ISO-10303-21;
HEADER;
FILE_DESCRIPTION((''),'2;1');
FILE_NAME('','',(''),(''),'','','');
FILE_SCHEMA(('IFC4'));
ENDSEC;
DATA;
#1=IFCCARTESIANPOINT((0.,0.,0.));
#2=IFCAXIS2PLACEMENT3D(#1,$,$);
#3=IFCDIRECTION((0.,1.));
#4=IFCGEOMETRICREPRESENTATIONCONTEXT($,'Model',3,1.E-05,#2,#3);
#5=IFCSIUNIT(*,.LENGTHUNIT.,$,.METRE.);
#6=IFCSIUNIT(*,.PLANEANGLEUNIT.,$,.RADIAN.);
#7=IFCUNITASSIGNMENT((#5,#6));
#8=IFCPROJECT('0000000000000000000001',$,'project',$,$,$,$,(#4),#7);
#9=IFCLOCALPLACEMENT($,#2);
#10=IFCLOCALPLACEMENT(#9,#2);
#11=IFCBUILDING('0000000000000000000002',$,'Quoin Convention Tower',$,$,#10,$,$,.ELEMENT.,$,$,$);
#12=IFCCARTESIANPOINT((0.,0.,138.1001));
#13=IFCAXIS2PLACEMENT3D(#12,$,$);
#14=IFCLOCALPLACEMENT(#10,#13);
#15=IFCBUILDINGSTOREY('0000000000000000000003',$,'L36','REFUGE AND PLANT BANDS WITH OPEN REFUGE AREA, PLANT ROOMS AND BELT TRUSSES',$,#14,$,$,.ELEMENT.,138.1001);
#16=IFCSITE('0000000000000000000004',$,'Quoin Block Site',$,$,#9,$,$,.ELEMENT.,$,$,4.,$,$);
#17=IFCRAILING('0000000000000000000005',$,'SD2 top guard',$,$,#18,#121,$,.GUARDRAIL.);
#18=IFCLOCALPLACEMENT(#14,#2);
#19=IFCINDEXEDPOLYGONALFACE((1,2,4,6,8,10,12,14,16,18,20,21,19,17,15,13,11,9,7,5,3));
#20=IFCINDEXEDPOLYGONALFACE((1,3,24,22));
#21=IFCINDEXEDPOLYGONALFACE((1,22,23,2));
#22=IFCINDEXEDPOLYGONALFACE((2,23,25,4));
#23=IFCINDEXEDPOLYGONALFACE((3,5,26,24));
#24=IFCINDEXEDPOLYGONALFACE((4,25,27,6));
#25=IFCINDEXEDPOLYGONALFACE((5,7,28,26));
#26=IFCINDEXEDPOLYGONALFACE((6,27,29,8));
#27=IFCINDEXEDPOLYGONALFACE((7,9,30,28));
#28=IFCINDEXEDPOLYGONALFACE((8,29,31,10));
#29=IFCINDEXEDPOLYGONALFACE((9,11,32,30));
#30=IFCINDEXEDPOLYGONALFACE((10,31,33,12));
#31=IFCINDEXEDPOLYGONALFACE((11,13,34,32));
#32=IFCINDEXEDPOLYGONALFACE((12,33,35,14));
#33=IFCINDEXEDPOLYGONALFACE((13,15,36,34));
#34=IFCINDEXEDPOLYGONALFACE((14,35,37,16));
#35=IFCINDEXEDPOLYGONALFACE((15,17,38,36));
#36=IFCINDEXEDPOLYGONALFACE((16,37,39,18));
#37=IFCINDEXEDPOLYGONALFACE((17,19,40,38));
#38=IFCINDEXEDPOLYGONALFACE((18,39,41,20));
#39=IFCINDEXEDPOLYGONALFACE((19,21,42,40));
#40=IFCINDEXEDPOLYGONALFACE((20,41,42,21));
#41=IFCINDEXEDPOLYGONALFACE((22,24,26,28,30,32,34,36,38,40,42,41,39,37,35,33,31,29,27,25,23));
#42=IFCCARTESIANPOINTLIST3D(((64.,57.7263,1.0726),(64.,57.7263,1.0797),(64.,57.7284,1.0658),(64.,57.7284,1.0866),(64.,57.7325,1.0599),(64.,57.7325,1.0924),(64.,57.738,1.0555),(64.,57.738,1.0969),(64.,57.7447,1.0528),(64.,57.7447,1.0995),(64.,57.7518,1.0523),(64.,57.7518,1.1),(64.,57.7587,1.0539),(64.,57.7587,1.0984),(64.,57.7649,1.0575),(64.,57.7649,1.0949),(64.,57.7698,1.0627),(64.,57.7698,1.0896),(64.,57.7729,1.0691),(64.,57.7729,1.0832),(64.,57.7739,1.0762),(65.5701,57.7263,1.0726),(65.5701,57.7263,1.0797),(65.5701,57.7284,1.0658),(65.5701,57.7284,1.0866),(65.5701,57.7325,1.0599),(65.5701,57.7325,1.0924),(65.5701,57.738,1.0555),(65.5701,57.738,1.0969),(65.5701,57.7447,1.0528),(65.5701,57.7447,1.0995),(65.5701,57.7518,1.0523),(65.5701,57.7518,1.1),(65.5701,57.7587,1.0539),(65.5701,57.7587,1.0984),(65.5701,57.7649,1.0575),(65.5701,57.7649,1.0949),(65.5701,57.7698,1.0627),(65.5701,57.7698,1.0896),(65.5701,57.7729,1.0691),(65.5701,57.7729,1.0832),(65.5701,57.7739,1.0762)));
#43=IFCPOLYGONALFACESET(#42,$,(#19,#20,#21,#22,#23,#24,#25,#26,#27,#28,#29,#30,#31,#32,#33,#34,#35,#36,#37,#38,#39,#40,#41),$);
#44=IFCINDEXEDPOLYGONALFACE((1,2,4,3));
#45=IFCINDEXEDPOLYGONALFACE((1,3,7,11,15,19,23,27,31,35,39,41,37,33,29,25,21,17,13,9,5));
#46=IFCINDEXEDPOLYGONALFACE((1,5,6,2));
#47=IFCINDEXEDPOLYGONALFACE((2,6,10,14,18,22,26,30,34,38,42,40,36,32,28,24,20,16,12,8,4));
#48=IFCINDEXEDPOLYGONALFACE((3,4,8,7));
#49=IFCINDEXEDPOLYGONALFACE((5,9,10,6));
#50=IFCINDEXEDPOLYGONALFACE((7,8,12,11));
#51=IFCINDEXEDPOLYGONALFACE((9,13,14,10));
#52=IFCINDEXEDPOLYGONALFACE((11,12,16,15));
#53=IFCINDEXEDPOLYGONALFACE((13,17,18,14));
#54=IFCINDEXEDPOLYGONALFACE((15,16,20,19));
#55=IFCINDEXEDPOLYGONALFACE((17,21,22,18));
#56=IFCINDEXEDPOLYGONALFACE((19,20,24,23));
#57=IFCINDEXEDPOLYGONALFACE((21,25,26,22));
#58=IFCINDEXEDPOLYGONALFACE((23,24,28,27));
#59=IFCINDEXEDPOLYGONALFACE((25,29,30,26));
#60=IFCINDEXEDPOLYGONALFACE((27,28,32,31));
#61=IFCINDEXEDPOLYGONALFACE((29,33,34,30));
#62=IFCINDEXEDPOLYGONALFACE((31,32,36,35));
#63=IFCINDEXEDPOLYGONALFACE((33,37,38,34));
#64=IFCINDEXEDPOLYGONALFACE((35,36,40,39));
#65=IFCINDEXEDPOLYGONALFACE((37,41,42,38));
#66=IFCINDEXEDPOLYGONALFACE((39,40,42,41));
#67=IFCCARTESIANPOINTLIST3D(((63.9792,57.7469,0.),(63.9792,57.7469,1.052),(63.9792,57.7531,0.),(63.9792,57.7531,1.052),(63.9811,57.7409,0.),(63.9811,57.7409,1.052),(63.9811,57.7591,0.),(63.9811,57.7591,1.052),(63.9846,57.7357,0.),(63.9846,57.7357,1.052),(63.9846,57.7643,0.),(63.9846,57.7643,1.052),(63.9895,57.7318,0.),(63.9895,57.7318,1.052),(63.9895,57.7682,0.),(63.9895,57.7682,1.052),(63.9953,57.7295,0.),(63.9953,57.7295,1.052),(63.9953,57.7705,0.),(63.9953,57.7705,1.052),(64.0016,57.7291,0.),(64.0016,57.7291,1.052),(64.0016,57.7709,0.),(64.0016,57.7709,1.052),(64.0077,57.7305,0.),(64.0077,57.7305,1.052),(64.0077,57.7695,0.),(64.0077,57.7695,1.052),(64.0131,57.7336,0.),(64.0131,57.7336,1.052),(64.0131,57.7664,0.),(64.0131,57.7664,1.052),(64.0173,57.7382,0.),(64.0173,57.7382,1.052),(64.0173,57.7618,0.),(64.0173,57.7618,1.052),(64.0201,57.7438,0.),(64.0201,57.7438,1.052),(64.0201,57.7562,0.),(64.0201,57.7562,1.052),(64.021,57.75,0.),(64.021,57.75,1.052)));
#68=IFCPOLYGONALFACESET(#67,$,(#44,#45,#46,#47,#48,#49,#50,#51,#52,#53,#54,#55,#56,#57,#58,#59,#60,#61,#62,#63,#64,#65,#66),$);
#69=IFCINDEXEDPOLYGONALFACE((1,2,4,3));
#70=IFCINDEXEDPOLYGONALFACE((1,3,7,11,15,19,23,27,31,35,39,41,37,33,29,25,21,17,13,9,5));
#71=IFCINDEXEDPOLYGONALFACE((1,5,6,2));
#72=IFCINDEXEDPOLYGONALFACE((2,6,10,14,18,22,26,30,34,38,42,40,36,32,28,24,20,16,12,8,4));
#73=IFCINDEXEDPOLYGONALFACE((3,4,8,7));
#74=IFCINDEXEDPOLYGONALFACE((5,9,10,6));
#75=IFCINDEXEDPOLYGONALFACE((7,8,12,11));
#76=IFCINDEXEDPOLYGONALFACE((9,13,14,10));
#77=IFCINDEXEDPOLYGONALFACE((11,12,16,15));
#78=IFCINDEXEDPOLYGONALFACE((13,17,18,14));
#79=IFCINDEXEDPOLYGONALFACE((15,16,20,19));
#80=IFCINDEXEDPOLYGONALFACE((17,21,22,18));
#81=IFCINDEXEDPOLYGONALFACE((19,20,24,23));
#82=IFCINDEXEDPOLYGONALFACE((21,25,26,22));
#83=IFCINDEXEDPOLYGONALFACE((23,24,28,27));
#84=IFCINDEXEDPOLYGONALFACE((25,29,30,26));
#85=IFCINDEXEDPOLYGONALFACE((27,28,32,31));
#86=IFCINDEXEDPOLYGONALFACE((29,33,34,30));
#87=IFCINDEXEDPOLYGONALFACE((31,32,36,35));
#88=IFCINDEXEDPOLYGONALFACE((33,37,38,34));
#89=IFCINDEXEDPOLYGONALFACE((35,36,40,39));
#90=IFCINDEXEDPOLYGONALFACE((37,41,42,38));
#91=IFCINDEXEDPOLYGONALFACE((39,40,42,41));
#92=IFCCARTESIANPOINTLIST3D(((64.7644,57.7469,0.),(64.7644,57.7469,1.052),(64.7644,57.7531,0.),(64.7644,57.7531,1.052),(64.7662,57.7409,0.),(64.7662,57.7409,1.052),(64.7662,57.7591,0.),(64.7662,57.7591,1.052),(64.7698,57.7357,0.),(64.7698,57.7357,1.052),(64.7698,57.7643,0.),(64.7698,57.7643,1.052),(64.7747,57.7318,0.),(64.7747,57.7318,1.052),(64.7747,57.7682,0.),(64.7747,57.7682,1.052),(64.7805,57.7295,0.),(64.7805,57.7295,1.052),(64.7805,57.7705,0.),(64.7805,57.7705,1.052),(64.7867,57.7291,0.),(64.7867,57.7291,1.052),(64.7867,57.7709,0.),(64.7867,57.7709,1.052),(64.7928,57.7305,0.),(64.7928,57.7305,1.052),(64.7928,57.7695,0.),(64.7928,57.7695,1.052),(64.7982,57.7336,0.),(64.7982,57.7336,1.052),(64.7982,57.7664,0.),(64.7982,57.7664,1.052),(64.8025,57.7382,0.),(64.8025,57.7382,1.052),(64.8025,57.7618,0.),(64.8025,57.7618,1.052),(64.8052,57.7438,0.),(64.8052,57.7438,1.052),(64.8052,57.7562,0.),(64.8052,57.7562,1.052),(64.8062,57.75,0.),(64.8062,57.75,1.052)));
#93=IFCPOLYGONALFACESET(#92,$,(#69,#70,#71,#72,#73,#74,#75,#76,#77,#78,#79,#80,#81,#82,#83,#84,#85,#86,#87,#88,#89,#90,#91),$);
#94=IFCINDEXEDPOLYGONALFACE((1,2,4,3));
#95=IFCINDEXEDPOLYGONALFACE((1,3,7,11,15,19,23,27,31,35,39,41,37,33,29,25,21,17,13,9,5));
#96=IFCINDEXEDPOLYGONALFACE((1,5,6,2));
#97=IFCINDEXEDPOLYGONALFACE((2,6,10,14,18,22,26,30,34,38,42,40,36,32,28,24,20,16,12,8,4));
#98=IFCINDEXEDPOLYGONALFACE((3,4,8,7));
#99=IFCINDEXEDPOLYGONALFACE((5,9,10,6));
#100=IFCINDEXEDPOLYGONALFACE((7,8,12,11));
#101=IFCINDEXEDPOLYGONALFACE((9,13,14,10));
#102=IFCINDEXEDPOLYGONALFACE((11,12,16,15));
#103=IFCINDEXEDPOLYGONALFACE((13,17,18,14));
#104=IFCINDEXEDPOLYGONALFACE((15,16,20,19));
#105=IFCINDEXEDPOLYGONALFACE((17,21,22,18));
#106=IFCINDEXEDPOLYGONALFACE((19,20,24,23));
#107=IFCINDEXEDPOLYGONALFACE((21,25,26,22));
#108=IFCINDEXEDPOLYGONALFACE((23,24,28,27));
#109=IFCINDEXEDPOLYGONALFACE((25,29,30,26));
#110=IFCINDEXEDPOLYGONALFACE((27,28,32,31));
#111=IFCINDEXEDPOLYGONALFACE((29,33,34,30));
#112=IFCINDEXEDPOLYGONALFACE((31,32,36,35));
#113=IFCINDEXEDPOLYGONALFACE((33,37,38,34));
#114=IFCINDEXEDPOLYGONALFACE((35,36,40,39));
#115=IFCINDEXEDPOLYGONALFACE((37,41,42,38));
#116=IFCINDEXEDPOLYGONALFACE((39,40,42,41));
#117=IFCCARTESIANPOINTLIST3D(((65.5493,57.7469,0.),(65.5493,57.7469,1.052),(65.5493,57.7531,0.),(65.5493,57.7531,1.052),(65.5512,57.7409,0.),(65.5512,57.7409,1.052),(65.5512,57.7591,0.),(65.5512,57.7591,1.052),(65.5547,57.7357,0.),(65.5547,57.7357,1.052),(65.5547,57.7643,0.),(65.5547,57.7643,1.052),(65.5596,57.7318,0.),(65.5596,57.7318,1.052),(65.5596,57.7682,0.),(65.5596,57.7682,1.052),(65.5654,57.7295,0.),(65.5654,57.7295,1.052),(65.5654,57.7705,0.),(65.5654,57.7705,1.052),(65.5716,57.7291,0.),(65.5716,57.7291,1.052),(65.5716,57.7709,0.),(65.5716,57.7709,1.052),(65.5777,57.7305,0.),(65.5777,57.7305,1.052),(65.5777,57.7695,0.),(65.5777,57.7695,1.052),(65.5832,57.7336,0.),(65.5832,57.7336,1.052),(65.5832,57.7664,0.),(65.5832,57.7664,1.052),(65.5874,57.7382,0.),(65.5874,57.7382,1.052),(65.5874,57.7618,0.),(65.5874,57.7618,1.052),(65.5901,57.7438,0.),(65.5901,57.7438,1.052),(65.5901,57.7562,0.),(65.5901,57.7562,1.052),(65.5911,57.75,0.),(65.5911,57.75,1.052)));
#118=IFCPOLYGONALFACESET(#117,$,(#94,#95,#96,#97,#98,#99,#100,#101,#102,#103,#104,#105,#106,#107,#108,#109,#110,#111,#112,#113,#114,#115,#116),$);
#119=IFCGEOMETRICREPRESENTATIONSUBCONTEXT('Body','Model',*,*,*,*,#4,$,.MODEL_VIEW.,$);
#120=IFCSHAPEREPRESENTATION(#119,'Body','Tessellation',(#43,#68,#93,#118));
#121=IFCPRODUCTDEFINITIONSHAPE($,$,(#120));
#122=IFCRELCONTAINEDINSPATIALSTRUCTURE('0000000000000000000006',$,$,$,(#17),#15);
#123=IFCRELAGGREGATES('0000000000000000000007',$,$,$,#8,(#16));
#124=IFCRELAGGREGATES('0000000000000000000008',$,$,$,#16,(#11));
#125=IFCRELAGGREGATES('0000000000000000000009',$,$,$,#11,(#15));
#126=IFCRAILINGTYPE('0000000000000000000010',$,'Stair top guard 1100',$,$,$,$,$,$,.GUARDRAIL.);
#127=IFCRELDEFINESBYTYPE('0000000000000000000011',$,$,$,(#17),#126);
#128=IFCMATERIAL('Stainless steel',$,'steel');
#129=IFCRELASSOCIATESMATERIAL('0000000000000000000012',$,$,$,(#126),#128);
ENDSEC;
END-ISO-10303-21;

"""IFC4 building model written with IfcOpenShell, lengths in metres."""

from ifc_helpers import new_model, si_unit, direction, frame, origin, origin_2d, place, context, subcontext, project, spatial, circle, extrude, material, type_object, element, save


model = new_model("IFC4")

# Units and contexts
model_context = context("Model", 3, precision=1e-05, world=origin(), true_north=direction((0.0, 1.0)))
body_context = subcontext(model_context, "Body", "Model", "MODEL_VIEW")
ifc_project = project(units=[si_unit("LENGTHUNIT", "METRE"), si_unit("PLANEANGLEUNIT", "RADIAN")], contexts=[model_context])

# Site, building, storey
site_placement = place(None, origin())
site = spatial("IfcSite", under=ifc_project, at=site_placement, Name="Quoin Block Site", CompositionType="ELEMENT", RefElevation=4.0)
building_placement = place(site_placement, origin())
building = spatial("IfcBuilding", under=site, at=building_placement, Name="Quoin Convention Tower", CompositionType="ELEMENT")
storey_placement = place(building_placement, frame((0.0, 0.0, 138.1001)))
storey = spatial("IfcBuildingStorey", under=building, at=storey_placement, Name="L36", Description="REFUGE AND PLANT BANDS WITH OPEN REFUGE AREA, PLANT ROOMS AND BELT TRUSSES", CompositionType="ELEMENT", Elevation=138.1001)

# Railing
ifc_material_1 = material(Name="Stainless steel", Category="steel")
railing_type_1 = type_object("IfcRailingType", Name="Stair top guard 1100", PredefinedType="GUARDRAIL", material=ifc_material_1)
railing_1_placement = place(storey_placement, frame((64.0, 57.75, 0.0)))
element("IfcRailing", 1, at=railing_1_placement, inside=storey, type_object=railing_type_1, Name="SD2 top guard", PredefinedType="GUARDRAIL", context=body_context, shape_type="SweptSolid", body=[
    extrude(circle(Radius=0.0239, at=origin_2d()), frame((0.0, 0.0, 1.0762), z_axis=(1.0, 0.0, 0.0), x_axis=(0.0, 1.0, 0.0)), (0.0, 0.0, 1.0), 1.5701),
    extrude(circle(Radius=0.021, at=origin_2d()), origin(), (0.0, 0.0, 1.0), 1.052),
    extrude(circle(Radius=0.021, at=origin_2d()), frame((0.7852, 0.0, 0.0)), (0.0, 0.0, 1.0), 1.052),
    extrude(circle(Radius=0.021, at=origin_2d()), frame((1.5701, 0.0, 0.0)), (0.0, 0.0, 1.0), 1.052),
])

save(model, "model.ifc")
